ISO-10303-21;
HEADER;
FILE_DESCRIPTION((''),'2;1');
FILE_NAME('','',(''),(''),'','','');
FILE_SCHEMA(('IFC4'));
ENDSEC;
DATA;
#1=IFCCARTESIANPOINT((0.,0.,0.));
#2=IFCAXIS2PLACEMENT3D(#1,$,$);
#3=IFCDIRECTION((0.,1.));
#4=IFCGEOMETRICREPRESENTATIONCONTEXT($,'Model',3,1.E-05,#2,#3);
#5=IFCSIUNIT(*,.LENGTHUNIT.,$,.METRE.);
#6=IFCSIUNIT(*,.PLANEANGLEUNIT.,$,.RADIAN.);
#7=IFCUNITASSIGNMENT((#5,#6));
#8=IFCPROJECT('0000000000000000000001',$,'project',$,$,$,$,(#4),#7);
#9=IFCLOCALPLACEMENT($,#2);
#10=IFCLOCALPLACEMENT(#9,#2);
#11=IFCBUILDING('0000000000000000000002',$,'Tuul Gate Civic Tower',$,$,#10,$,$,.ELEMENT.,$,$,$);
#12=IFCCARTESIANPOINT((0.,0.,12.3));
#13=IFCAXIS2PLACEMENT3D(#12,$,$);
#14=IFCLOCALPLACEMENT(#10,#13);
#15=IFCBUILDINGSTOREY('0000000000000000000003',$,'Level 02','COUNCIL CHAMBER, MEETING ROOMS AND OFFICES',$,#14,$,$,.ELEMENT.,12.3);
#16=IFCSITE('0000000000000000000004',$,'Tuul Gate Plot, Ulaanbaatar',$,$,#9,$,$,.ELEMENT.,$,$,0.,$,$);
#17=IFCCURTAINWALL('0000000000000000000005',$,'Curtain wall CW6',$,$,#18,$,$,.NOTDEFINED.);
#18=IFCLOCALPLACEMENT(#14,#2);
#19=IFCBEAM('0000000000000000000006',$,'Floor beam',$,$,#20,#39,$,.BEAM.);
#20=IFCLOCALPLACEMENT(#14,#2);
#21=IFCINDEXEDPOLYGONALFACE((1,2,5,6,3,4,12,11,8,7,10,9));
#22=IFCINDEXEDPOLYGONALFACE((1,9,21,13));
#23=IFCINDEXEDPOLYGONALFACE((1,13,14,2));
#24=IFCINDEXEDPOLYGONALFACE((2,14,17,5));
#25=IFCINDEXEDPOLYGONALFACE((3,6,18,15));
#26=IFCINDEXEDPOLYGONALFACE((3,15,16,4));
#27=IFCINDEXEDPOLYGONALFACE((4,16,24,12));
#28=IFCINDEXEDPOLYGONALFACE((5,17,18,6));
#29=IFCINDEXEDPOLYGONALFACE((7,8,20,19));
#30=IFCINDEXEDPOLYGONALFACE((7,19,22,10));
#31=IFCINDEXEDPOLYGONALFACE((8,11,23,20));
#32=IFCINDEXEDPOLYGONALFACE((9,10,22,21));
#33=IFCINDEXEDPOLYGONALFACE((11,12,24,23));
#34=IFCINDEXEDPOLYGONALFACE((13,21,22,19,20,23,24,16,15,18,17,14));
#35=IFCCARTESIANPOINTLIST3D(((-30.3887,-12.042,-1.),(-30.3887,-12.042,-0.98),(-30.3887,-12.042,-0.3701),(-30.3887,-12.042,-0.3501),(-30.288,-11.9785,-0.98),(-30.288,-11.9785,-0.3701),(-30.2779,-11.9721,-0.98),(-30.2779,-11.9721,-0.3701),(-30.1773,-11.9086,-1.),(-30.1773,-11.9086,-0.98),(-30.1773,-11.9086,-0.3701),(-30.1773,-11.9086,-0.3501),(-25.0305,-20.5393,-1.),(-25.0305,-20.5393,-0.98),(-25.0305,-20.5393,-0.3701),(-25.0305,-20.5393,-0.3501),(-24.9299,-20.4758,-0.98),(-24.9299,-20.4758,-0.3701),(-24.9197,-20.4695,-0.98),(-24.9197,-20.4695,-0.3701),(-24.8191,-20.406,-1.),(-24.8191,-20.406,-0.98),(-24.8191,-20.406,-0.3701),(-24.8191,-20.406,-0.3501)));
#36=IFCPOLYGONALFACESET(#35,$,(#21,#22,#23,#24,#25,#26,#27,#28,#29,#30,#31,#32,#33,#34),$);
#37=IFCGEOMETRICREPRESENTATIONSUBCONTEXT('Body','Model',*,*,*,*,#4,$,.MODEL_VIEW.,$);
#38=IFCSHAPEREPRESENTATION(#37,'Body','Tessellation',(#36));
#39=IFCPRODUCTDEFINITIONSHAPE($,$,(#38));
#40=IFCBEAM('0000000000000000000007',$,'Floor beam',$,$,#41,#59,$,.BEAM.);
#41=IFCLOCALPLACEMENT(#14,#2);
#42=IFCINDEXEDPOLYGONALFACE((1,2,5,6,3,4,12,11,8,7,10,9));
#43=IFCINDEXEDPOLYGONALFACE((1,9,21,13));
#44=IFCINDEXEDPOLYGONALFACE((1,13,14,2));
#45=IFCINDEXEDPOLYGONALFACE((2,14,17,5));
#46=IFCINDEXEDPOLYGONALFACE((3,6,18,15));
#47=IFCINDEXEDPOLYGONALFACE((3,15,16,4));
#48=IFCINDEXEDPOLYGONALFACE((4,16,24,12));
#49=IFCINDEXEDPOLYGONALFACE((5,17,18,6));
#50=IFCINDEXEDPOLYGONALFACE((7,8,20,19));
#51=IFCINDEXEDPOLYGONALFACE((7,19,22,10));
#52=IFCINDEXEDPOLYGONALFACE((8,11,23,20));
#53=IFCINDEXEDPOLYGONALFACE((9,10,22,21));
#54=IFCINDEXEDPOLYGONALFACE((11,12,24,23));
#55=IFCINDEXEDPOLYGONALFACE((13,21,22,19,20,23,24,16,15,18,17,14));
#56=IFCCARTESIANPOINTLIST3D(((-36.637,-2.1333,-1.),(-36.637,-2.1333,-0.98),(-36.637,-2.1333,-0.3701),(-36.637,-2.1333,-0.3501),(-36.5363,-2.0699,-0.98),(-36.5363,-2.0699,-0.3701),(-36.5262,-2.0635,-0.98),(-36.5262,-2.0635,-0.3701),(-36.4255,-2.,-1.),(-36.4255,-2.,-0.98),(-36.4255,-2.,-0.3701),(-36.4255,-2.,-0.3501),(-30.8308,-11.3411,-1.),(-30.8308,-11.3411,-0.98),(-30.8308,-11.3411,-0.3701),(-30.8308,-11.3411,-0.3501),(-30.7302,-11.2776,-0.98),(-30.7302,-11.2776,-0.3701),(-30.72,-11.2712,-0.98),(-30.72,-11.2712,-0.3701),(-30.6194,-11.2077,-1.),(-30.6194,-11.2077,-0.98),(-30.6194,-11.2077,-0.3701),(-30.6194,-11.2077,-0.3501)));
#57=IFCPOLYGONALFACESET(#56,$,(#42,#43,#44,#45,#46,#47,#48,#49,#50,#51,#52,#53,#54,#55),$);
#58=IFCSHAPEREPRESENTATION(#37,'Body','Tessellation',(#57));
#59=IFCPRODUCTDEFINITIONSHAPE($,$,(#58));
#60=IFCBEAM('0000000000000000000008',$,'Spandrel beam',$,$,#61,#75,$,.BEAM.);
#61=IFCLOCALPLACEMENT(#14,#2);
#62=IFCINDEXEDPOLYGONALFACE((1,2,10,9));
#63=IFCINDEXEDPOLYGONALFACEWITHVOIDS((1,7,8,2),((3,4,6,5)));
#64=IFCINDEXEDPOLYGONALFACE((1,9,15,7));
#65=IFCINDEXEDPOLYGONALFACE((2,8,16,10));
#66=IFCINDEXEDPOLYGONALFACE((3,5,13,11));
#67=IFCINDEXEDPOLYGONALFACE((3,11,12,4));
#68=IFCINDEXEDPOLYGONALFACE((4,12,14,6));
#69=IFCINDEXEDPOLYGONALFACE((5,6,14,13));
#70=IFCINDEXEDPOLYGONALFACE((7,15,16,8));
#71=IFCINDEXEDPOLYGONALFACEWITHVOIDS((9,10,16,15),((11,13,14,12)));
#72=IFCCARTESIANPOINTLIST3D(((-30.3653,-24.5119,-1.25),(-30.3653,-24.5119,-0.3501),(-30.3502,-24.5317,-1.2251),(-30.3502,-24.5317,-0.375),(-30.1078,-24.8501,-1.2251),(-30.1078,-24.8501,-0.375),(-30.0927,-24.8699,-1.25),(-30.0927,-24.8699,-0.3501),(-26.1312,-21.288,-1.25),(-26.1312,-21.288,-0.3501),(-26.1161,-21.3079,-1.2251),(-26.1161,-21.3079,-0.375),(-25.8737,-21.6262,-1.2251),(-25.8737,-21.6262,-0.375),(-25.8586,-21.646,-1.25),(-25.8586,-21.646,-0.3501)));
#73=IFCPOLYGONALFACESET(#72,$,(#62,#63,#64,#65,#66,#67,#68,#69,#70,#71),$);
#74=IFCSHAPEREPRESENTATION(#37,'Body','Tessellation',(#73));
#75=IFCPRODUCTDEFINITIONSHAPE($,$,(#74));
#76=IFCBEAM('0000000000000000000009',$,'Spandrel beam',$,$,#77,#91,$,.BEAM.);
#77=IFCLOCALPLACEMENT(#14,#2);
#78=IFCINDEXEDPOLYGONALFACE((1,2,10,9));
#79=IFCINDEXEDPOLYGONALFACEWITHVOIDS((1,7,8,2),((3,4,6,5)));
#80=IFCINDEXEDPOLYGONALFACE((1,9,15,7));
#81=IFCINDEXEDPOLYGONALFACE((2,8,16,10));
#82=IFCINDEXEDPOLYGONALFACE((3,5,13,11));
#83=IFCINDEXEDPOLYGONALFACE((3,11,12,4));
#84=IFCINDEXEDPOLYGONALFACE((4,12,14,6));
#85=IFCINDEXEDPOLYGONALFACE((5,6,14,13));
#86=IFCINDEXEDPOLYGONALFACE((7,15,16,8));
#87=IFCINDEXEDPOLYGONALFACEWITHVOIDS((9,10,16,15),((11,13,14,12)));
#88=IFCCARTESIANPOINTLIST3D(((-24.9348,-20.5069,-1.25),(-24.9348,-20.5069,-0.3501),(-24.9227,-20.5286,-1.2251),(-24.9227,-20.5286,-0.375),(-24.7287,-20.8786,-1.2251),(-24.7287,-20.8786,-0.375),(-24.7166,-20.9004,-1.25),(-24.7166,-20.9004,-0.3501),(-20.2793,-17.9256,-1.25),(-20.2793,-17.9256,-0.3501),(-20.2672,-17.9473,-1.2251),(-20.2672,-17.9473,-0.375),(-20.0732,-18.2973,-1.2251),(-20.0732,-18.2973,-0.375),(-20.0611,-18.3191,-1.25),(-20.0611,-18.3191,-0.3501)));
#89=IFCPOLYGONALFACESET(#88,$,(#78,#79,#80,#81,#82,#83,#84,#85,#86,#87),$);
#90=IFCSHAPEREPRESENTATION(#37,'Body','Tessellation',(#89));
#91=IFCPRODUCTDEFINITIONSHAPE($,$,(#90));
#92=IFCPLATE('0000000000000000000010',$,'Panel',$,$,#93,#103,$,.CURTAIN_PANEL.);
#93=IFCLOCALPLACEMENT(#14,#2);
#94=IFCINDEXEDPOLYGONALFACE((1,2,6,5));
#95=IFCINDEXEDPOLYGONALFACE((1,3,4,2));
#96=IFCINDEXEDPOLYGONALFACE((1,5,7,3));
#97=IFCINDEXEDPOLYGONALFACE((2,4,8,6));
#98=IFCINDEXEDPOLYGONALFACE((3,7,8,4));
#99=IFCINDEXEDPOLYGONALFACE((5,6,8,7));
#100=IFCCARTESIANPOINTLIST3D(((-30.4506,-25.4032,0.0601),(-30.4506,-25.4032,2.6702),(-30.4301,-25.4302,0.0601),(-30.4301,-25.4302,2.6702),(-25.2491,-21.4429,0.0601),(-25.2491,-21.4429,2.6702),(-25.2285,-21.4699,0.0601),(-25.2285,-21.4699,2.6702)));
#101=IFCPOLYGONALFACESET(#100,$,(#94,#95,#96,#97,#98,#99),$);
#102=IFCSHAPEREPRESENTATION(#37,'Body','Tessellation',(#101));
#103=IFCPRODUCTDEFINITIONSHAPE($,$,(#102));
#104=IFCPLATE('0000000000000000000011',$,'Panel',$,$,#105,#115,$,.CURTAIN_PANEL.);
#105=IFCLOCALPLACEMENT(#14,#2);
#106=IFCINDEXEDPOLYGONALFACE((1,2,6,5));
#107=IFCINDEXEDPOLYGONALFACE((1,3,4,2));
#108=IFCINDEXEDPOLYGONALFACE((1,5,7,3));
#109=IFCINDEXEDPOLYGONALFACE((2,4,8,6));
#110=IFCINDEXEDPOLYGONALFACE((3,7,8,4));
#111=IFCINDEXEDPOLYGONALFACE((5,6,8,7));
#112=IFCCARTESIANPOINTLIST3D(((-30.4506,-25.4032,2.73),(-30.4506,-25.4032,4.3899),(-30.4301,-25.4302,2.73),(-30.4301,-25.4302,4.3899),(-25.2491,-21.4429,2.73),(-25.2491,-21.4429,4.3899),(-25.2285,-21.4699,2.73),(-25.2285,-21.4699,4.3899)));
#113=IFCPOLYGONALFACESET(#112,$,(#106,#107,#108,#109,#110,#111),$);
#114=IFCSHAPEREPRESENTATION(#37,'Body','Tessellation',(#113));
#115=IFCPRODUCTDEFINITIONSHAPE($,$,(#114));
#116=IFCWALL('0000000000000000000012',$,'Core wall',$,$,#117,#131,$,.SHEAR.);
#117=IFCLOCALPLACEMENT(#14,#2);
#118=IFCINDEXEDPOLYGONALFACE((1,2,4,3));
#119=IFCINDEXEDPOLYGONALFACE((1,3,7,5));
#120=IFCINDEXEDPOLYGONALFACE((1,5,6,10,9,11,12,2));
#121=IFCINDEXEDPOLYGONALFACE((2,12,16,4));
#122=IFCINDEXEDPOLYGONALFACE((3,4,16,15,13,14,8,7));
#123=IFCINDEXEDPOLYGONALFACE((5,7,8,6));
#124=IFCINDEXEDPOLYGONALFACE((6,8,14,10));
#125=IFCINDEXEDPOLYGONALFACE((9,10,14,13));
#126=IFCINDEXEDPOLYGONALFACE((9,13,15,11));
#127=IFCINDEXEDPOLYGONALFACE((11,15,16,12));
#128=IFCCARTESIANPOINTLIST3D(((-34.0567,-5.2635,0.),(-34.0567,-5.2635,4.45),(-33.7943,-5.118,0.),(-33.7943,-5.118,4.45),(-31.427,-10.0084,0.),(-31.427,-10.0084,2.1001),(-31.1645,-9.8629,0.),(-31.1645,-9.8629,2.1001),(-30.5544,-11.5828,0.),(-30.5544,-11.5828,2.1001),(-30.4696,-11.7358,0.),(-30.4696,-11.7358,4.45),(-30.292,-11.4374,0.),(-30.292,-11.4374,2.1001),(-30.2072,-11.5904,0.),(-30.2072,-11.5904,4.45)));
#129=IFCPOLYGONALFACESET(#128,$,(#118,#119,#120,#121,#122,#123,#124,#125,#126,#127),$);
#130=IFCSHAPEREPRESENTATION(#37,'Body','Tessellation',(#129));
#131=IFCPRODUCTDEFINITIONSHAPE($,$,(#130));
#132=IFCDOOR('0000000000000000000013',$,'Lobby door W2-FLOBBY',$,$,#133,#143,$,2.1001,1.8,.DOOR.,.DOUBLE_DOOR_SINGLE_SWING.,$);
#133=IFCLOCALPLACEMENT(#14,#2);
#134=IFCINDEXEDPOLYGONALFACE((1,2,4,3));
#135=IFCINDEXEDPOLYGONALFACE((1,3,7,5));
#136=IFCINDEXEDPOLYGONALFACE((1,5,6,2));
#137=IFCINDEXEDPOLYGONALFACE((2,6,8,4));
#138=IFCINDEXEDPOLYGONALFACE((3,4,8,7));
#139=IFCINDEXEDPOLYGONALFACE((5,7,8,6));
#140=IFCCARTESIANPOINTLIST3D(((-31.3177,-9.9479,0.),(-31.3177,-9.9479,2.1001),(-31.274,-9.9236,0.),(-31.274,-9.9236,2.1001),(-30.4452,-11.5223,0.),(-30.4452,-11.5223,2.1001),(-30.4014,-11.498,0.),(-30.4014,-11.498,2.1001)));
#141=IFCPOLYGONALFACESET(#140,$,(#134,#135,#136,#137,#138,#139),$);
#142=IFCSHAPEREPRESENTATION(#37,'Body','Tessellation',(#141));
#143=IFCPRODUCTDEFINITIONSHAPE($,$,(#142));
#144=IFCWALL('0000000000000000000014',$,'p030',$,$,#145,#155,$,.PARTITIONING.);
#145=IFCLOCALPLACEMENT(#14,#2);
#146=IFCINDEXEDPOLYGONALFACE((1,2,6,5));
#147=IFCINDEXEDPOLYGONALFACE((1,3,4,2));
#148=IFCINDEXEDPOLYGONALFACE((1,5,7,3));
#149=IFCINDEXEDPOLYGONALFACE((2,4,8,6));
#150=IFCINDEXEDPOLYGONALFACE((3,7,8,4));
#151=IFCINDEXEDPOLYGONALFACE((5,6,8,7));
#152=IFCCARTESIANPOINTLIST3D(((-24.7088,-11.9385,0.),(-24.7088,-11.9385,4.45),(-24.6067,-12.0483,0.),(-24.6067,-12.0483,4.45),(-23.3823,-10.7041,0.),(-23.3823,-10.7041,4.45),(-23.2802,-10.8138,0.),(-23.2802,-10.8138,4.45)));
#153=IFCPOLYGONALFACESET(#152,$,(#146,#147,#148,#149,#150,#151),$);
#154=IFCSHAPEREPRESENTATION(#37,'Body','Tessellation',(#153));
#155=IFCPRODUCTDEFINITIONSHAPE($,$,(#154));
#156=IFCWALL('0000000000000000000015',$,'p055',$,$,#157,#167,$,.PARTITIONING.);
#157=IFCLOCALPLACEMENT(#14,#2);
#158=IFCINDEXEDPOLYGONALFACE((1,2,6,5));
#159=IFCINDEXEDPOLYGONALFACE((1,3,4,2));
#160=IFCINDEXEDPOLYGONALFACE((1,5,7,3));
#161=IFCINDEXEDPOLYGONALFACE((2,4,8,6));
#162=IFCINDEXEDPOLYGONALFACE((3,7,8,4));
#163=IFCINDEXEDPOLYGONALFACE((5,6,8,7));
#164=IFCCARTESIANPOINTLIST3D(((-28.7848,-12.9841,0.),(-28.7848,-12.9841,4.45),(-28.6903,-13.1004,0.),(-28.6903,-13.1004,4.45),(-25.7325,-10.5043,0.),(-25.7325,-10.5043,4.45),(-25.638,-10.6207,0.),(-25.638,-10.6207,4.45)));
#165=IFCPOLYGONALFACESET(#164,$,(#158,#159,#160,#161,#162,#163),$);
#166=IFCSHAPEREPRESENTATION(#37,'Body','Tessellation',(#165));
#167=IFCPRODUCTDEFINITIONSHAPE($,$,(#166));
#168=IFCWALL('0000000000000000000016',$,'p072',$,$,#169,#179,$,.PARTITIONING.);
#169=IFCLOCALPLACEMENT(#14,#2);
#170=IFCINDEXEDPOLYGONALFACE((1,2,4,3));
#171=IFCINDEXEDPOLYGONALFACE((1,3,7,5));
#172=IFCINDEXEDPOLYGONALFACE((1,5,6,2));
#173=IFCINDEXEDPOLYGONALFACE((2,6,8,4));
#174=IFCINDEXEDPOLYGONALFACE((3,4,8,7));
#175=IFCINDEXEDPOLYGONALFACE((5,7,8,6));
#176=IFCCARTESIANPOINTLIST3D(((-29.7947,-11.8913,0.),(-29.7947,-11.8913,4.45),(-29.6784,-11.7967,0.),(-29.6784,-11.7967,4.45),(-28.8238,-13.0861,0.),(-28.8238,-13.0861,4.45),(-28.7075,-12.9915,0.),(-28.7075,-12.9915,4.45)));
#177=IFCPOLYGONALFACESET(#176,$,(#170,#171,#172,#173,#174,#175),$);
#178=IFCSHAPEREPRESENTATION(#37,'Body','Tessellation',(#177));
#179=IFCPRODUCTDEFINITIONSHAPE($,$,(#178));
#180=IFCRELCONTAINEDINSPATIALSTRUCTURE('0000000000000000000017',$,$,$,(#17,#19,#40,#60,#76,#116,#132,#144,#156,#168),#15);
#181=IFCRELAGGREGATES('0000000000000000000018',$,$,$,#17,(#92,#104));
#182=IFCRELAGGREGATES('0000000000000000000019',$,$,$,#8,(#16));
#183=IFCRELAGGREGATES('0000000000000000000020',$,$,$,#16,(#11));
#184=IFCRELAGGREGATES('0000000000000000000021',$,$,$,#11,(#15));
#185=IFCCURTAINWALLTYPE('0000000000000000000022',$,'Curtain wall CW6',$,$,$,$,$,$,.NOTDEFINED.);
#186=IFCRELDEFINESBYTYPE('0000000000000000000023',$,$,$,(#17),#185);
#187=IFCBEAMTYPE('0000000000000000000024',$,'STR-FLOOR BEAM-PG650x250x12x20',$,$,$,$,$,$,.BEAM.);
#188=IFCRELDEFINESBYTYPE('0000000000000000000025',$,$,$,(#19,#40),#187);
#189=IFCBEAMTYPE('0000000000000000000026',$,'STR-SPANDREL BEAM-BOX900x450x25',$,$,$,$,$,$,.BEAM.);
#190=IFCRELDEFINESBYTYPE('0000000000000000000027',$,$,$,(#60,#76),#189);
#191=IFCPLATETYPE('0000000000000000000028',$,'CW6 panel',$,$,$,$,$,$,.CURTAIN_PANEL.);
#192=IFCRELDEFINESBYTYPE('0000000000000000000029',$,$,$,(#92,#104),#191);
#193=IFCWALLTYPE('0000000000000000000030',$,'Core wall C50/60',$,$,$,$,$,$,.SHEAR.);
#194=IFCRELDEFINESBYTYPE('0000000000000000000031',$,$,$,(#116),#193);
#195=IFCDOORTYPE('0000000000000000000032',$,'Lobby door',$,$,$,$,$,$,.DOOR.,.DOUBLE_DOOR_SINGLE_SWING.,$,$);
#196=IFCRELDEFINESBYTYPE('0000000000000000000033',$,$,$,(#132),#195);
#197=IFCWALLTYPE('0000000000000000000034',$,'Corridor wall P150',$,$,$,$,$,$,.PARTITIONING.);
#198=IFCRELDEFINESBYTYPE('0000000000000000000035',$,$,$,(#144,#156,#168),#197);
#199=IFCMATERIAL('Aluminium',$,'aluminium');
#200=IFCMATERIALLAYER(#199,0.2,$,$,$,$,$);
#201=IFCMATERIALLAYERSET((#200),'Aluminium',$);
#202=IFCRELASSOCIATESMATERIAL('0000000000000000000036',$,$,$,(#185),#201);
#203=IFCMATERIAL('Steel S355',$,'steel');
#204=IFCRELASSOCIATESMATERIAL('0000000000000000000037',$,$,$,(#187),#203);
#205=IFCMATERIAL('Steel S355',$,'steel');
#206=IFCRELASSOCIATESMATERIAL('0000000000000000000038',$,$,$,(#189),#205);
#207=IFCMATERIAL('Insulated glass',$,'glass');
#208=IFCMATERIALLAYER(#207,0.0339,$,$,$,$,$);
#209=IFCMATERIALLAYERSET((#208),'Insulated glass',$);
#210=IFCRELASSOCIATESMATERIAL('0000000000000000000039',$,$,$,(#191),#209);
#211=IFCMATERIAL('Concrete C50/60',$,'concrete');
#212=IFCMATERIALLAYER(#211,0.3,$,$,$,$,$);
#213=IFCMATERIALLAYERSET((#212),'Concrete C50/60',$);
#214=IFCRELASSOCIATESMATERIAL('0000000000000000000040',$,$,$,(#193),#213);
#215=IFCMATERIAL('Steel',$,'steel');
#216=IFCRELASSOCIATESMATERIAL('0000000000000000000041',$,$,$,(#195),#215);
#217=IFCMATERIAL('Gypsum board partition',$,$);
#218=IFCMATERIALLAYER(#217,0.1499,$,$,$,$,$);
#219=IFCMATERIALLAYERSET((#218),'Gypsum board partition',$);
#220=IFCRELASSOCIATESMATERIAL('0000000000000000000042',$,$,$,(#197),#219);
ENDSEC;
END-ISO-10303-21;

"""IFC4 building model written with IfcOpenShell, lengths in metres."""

from ifc_helpers import new_model, si_unit, direction, frame, frame_2d, origin, origin_2d, place, context, subcontext, project, spatial, rectangle, hollow_rectangle, i_section, extrude, material, layer, layer_set, material_profile, profile_set, type_object, element, fill, aggregate, save


model = new_model("IFC4")

# Units and contexts
model_context = context("Model", 3, precision=1e-05, world=origin(), true_north=direction((0.0, 1.0)))
body_context = subcontext(model_context, "Body", "Model", "MODEL_VIEW")
ifc_project = project(units=[si_unit("LENGTHUNIT", "METRE"), si_unit("PLANEANGLEUNIT", "RADIAN")], contexts=[model_context])

# Site, building, storey
site_placement = place(None, origin())
site = spatial("IfcSite", under=ifc_project, at=site_placement, Name="Tuul Gate Plot, Ulaanbaatar", CompositionType="ELEMENT", RefElevation=0.0)
building_placement = place(site_placement, origin())
building = spatial("IfcBuilding", under=site, at=building_placement, Name="Tuul Gate Civic Tower", CompositionType="ELEMENT")
storey_placement = place(building_placement, frame((0.0, 0.0, 12.3)))
storey = spatial("IfcBuildingStorey", under=building, at=storey_placement, Name="Level 02", Description="COUNCIL CHAMBER, MEETING ROOMS AND OFFICES", CompositionType="ELEMENT", Elevation=12.3)

# Shared definitions
ifc_material_1 = material(Name="Aluminium", Category="aluminium")
ifc_layer_1 = layer(ifc_material_1, 0.2)
ifc_layer_set_1 = layer_set([ifc_layer_1], Name="Aluminium")
curtain_wall_type = type_object("IfcCurtainWallType", Name="Curtain wall CW6", PredefinedType="NOTDEFINED", material=ifc_layer_set_1)

# Curtain wall
curtain_wall_1_placement = place(storey_placement, origin())
curtain_wall_1 = element("IfcCurtainWall", 1, at=curtain_wall_1_placement, inside=storey, type_object=curtain_wall_type, Name="Curtain wall CW6", PredefinedType="NOTDEFINED")

# Beams
ifc_material_2 = material(Name="Steel S355", Category="steel")
ifc_material_profile_1 = material_profile(ifc_material_2, i_section(OverallWidth=0.25, OverallDepth=0.6499, WebThickness=0.012, FlangeThickness=0.02, at=origin_2d()), Name="PG650x250x12x20")
ifc_profile_set_1 = profile_set([ifc_material_profile_1], Name="Steel S355")
beam_type_1 = type_object("IfcBeamType", Name="STR-FLOOR BEAM-PG650x250x12x20", PredefinedType="BEAM", material=ifc_profile_set_1)
beam_1_placement = place(storey_placement, frame((-24.9248, -20.4727, -0.675), z_axis=(-0.533383, 0.845874, 0.0), x_axis=(-0.845874, -0.533383, 0.0)))
element("IfcBeam", 2, at=beam_1_placement, inside=storey, type_object=beam_type_1, Name="Floor beam", PredefinedType="BEAM", context=body_context, shape_type="SweptSolid", body=[
    extrude(i_section(OverallWidth=0.25, OverallDepth=0.6499, WebThickness=0.012, FlangeThickness=0.02, at=origin_2d()), origin(), (0.0, 0.0, 1.0), 10.0457),
])
beam_2_placement = place(storey_placement, frame((-30.7251, -11.2744, -0.675), z_axis=(-0.533384, 0.845873, 0.0), x_axis=(-0.845873, -0.533384, 0.0)))
element("IfcBeam", 3, at=beam_2_placement, inside=storey, type_object=beam_type_1, Name="Floor beam", PredefinedType="BEAM", context=body_context, shape_type="SweptSolid", body=[
    extrude(i_section(OverallWidth=0.25, OverallDepth=0.6499, WebThickness=0.012, FlangeThickness=0.02, at=origin_2d()), origin(), (0.0, 0.0, 1.0), 10.8855),
])
ifc_material_3 = material(Name="Steel S355", Category="steel")
ifc_material_profile_2 = material_profile(ifc_material_3, hollow_rectangle(XDim=0.45, YDim=0.8999, WallThickness=0.0249, at=origin_2d()), Name="BOX900x450x25")
ifc_profile_set_2 = profile_set([ifc_material_profile_2], Name="Steel S355")
beam_type_2 = type_object("IfcBeamType", Name="STR-SPANDREL BEAM-BOX900x450x25", PredefinedType="BEAM", material=ifc_profile_set_2)
beam_3_placement = place(storey_placement, frame((-30.229, -24.6909, -0.8), z_axis=(0.795624, 0.60579, 0.0), x_axis=(-0.60579, 0.795624, 0.0)))
element("IfcBeam", 4, at=beam_3_placement, inside=storey, type_object=beam_type_2, Name="Spandrel beam", PredefinedType="BEAM", context=body_context, shape_type="SweptSolid", body=[
    extrude(hollow_rectangle(XDim=0.45, YDim=0.8999, WallThickness=0.0249, at=origin_2d()), origin(), (0.0, 0.0, 1.0), 5.3218),
])
beam_4_placement = place(storey_placement, frame((-24.8257, -20.7036, -0.8), z_axis=(0.874564, 0.484911, 0.0), x_axis=(-0.484911, 0.874564, 0.0)))
element("IfcBeam", 5, at=beam_4_placement, inside=storey, type_object=beam_type_2, Name="Spandrel beam", PredefinedType="BEAM", context=body_context, shape_type="SweptSolid", body=[
    extrude(hollow_rectangle(XDim=0.45, YDim=0.8999, WallThickness=0.0249, at=origin_2d()), origin(), (0.0, 0.0, 1.0), 5.3232),
])

# Plates
ifc_material_4 = material(Name="Insulated glass", Category="glass")
ifc_layer_2 = layer(ifc_material_4, 0.0339)
ifc_layer_set_2 = layer_set([ifc_layer_2], Name="Insulated glass")
plate_type = type_object("IfcPlateType", Name="CW6 panel", PredefinedType="CURTAIN_PANEL", material=ifc_layer_set_2)
plate_1_placement = place(storey_placement, frame((-27.8396, -23.4365, 0.0601), z_axis=(0.0, 0.0, 1.0), x_axis=(0.795635, 0.605776, 0.0)))
plate_1 = element("IfcPlate", 6, at=plate_1_placement, type_object=plate_type, Name="Panel", PredefinedType="CURTAIN_PANEL", context=body_context, shape_type="SweptSolid", body=[
    extrude(rectangle(XDim=6.5376, YDim=0.0339, at=origin_2d()), origin(), (0.0, 0.0, 1.0), 2.6101),
])
plate_2_placement = place(storey_placement, frame((-27.8396, -23.4365, 2.73), z_axis=(0.0, 0.0, 1.0), x_axis=(0.795635, 0.605776, 0.0)))
plate_2 = element("IfcPlate", 7, at=plate_2_placement, type_object=plate_type, Name="Panel", PredefinedType="CURTAIN_PANEL", context=body_context, shape_type="SweptSolid", body=[
    extrude(rectangle(XDim=6.5376, YDim=0.0339, at=origin_2d()), origin(), (0.0, 0.0, 1.0), 1.6599),
])
aggregate(curtain_wall_1, [plate_1, plate_2])

# Wall, opening, door
ifc_material_5 = material(Name="Concrete C50/60", Category="concrete")
ifc_layer_3 = layer(ifc_material_5, 0.3)
ifc_layer_set_3 = layer_set([ifc_layer_3], Name="Concrete C50/60")
wall_type_1 = type_object("IfcWallType", Name="Core wall C50/60", PredefinedType="SHEAR", material=ifc_layer_set_3)
wall_1_placement = place(storey_placement, frame((-30.3384, -11.6631, 0.0), z_axis=(0.0, 0.0, 1.0), x_axis=(-0.484752, 0.874652, 0.0)))
wall_1 = element("IfcWall", 8, at=wall_1_placement, inside=storey, type_object=wall_type_1, Name="Core wall", PredefinedType="SHEAR", context=body_context, shape_type="SweptSolid", body=[
    extrude(rectangle(XDim=7.3999, YDim=0.3, at=frame_2d((3.7, 0.0))), origin(), (0.0, 0.0, 1.0), 4.45),
])
opening_placement = place(wall_1_placement, frame((0.175, 0.0, 0.0)))
opening = element("IfcOpeningElement", 9, at=opening_placement, cuts=wall_1, PredefinedType="OPENING", context=body_context, shape_type="SweptSolid", body=[
    extrude(rectangle(XDim=1.8, YDim=2.1001, at=frame_2d((0.8999, 1.05))), frame((0.0, 0.1602, 0.0), z_axis=(0.0, -1.0, 0.0), x_axis=(1.0, 0.0, 0.0)), (0.0, 0.0, 1.0), 0.3201),
])
ifc_material_6 = material(Name="Steel", Category="steel")
door_type = type_object("IfcDoorType", Name="Lobby door", OperationType="DOUBLE_DOOR_SINGLE_SWING", PredefinedType="DOOR", material=ifc_material_6)
door_placement = place(opening_placement, frame((1.8, 0.0, 0.0), z_axis=(0.0, 0.0, 1.0), x_axis=(-1.0, 0.0, 0.0)))
door = element("IfcDoor", 10, at=door_placement, inside=storey, type_object=door_type, Name="Lobby door W2-FLOBBY", OperationType="DOUBLE_DOOR_SINGLE_SWING", OverallHeight=2.1001, OverallWidth=1.8, PredefinedType="DOOR", context=body_context, shape_type="SweptSolid", body=[
    extrude(rectangle(XDim=1.8, YDim=2.1001, at=frame_2d((0.9001, 1.05))), frame((0.0, 0.0249, 0.0), z_axis=(0.0, -1.0, 0.0), x_axis=(1.0, 0.0, 0.0)), (0.0, 0.0, 1.0), 0.05),
])
fill(opening, door)

# Walls
ifc_material_7 = material(Name="Gypsum board partition")
ifc_layer_4 = layer(ifc_material_7, 0.1499)
ifc_layer_set_4 = layer_set([ifc_layer_4], Name="Gypsum board partition")
wall_type_2 = type_object("IfcWallType", Name="Corridor wall P150", PredefinedType="PARTITIONING", material=ifc_layer_set_4)
wall_2_placement = place(storey_placement, frame((-24.6577, -11.9934, 0.0), z_axis=(0.0, 0.0, 1.0), x_axis=(0.732049, 0.681252, 0.0)))
element("IfcWall", 11, at=wall_2_placement, inside=storey, type_object=wall_type_2, Name="p030", PredefinedType="PARTITIONING", context=body_context, shape_type="SweptSolid", body=[
    extrude(rectangle(XDim=1.812, YDim=0.1499, at=frame_2d((0.906, 0.0))), origin(), (0.0, 0.0, 1.0), 4.45),
])
wall_3_placement = place(storey_placement, frame((-28.7375, -13.0422, 0.0), z_axis=(0.0, 0.0, 1.0), x_axis=(0.776141, 0.63056, 0.0)))
element("IfcWall", 12, at=wall_3_placement, inside=storey, type_object=wall_type_2, Name="p055", PredefinedType="PARTITIONING", context=body_context, shape_type="SweptSolid", body=[
    extrude(rectangle(XDim=3.9326, YDim=0.1499, at=frame_2d((1.9663, 0.0))), origin(), (0.0, 0.0, 1.0), 4.45),
])
wall_4_placement = place(storey_placement, frame((-29.7366, -11.844, 0.0), z_axis=(0.0, 0.0, 1.0), x_axis=(0.630652, -0.776065, 0.0)))
element("IfcWall", 13, at=wall_4_placement, inside=storey, type_object=wall_type_2, Name="p072", PredefinedType="PARTITIONING", context=body_context, shape_type="SweptSolid", body=[
    extrude(rectangle(XDim=1.5396, YDim=0.1499, at=frame_2d((0.7698, 0.0))), origin(), (0.0, 0.0, 1.0), 4.45),
])

save(model, "model.ifc")
